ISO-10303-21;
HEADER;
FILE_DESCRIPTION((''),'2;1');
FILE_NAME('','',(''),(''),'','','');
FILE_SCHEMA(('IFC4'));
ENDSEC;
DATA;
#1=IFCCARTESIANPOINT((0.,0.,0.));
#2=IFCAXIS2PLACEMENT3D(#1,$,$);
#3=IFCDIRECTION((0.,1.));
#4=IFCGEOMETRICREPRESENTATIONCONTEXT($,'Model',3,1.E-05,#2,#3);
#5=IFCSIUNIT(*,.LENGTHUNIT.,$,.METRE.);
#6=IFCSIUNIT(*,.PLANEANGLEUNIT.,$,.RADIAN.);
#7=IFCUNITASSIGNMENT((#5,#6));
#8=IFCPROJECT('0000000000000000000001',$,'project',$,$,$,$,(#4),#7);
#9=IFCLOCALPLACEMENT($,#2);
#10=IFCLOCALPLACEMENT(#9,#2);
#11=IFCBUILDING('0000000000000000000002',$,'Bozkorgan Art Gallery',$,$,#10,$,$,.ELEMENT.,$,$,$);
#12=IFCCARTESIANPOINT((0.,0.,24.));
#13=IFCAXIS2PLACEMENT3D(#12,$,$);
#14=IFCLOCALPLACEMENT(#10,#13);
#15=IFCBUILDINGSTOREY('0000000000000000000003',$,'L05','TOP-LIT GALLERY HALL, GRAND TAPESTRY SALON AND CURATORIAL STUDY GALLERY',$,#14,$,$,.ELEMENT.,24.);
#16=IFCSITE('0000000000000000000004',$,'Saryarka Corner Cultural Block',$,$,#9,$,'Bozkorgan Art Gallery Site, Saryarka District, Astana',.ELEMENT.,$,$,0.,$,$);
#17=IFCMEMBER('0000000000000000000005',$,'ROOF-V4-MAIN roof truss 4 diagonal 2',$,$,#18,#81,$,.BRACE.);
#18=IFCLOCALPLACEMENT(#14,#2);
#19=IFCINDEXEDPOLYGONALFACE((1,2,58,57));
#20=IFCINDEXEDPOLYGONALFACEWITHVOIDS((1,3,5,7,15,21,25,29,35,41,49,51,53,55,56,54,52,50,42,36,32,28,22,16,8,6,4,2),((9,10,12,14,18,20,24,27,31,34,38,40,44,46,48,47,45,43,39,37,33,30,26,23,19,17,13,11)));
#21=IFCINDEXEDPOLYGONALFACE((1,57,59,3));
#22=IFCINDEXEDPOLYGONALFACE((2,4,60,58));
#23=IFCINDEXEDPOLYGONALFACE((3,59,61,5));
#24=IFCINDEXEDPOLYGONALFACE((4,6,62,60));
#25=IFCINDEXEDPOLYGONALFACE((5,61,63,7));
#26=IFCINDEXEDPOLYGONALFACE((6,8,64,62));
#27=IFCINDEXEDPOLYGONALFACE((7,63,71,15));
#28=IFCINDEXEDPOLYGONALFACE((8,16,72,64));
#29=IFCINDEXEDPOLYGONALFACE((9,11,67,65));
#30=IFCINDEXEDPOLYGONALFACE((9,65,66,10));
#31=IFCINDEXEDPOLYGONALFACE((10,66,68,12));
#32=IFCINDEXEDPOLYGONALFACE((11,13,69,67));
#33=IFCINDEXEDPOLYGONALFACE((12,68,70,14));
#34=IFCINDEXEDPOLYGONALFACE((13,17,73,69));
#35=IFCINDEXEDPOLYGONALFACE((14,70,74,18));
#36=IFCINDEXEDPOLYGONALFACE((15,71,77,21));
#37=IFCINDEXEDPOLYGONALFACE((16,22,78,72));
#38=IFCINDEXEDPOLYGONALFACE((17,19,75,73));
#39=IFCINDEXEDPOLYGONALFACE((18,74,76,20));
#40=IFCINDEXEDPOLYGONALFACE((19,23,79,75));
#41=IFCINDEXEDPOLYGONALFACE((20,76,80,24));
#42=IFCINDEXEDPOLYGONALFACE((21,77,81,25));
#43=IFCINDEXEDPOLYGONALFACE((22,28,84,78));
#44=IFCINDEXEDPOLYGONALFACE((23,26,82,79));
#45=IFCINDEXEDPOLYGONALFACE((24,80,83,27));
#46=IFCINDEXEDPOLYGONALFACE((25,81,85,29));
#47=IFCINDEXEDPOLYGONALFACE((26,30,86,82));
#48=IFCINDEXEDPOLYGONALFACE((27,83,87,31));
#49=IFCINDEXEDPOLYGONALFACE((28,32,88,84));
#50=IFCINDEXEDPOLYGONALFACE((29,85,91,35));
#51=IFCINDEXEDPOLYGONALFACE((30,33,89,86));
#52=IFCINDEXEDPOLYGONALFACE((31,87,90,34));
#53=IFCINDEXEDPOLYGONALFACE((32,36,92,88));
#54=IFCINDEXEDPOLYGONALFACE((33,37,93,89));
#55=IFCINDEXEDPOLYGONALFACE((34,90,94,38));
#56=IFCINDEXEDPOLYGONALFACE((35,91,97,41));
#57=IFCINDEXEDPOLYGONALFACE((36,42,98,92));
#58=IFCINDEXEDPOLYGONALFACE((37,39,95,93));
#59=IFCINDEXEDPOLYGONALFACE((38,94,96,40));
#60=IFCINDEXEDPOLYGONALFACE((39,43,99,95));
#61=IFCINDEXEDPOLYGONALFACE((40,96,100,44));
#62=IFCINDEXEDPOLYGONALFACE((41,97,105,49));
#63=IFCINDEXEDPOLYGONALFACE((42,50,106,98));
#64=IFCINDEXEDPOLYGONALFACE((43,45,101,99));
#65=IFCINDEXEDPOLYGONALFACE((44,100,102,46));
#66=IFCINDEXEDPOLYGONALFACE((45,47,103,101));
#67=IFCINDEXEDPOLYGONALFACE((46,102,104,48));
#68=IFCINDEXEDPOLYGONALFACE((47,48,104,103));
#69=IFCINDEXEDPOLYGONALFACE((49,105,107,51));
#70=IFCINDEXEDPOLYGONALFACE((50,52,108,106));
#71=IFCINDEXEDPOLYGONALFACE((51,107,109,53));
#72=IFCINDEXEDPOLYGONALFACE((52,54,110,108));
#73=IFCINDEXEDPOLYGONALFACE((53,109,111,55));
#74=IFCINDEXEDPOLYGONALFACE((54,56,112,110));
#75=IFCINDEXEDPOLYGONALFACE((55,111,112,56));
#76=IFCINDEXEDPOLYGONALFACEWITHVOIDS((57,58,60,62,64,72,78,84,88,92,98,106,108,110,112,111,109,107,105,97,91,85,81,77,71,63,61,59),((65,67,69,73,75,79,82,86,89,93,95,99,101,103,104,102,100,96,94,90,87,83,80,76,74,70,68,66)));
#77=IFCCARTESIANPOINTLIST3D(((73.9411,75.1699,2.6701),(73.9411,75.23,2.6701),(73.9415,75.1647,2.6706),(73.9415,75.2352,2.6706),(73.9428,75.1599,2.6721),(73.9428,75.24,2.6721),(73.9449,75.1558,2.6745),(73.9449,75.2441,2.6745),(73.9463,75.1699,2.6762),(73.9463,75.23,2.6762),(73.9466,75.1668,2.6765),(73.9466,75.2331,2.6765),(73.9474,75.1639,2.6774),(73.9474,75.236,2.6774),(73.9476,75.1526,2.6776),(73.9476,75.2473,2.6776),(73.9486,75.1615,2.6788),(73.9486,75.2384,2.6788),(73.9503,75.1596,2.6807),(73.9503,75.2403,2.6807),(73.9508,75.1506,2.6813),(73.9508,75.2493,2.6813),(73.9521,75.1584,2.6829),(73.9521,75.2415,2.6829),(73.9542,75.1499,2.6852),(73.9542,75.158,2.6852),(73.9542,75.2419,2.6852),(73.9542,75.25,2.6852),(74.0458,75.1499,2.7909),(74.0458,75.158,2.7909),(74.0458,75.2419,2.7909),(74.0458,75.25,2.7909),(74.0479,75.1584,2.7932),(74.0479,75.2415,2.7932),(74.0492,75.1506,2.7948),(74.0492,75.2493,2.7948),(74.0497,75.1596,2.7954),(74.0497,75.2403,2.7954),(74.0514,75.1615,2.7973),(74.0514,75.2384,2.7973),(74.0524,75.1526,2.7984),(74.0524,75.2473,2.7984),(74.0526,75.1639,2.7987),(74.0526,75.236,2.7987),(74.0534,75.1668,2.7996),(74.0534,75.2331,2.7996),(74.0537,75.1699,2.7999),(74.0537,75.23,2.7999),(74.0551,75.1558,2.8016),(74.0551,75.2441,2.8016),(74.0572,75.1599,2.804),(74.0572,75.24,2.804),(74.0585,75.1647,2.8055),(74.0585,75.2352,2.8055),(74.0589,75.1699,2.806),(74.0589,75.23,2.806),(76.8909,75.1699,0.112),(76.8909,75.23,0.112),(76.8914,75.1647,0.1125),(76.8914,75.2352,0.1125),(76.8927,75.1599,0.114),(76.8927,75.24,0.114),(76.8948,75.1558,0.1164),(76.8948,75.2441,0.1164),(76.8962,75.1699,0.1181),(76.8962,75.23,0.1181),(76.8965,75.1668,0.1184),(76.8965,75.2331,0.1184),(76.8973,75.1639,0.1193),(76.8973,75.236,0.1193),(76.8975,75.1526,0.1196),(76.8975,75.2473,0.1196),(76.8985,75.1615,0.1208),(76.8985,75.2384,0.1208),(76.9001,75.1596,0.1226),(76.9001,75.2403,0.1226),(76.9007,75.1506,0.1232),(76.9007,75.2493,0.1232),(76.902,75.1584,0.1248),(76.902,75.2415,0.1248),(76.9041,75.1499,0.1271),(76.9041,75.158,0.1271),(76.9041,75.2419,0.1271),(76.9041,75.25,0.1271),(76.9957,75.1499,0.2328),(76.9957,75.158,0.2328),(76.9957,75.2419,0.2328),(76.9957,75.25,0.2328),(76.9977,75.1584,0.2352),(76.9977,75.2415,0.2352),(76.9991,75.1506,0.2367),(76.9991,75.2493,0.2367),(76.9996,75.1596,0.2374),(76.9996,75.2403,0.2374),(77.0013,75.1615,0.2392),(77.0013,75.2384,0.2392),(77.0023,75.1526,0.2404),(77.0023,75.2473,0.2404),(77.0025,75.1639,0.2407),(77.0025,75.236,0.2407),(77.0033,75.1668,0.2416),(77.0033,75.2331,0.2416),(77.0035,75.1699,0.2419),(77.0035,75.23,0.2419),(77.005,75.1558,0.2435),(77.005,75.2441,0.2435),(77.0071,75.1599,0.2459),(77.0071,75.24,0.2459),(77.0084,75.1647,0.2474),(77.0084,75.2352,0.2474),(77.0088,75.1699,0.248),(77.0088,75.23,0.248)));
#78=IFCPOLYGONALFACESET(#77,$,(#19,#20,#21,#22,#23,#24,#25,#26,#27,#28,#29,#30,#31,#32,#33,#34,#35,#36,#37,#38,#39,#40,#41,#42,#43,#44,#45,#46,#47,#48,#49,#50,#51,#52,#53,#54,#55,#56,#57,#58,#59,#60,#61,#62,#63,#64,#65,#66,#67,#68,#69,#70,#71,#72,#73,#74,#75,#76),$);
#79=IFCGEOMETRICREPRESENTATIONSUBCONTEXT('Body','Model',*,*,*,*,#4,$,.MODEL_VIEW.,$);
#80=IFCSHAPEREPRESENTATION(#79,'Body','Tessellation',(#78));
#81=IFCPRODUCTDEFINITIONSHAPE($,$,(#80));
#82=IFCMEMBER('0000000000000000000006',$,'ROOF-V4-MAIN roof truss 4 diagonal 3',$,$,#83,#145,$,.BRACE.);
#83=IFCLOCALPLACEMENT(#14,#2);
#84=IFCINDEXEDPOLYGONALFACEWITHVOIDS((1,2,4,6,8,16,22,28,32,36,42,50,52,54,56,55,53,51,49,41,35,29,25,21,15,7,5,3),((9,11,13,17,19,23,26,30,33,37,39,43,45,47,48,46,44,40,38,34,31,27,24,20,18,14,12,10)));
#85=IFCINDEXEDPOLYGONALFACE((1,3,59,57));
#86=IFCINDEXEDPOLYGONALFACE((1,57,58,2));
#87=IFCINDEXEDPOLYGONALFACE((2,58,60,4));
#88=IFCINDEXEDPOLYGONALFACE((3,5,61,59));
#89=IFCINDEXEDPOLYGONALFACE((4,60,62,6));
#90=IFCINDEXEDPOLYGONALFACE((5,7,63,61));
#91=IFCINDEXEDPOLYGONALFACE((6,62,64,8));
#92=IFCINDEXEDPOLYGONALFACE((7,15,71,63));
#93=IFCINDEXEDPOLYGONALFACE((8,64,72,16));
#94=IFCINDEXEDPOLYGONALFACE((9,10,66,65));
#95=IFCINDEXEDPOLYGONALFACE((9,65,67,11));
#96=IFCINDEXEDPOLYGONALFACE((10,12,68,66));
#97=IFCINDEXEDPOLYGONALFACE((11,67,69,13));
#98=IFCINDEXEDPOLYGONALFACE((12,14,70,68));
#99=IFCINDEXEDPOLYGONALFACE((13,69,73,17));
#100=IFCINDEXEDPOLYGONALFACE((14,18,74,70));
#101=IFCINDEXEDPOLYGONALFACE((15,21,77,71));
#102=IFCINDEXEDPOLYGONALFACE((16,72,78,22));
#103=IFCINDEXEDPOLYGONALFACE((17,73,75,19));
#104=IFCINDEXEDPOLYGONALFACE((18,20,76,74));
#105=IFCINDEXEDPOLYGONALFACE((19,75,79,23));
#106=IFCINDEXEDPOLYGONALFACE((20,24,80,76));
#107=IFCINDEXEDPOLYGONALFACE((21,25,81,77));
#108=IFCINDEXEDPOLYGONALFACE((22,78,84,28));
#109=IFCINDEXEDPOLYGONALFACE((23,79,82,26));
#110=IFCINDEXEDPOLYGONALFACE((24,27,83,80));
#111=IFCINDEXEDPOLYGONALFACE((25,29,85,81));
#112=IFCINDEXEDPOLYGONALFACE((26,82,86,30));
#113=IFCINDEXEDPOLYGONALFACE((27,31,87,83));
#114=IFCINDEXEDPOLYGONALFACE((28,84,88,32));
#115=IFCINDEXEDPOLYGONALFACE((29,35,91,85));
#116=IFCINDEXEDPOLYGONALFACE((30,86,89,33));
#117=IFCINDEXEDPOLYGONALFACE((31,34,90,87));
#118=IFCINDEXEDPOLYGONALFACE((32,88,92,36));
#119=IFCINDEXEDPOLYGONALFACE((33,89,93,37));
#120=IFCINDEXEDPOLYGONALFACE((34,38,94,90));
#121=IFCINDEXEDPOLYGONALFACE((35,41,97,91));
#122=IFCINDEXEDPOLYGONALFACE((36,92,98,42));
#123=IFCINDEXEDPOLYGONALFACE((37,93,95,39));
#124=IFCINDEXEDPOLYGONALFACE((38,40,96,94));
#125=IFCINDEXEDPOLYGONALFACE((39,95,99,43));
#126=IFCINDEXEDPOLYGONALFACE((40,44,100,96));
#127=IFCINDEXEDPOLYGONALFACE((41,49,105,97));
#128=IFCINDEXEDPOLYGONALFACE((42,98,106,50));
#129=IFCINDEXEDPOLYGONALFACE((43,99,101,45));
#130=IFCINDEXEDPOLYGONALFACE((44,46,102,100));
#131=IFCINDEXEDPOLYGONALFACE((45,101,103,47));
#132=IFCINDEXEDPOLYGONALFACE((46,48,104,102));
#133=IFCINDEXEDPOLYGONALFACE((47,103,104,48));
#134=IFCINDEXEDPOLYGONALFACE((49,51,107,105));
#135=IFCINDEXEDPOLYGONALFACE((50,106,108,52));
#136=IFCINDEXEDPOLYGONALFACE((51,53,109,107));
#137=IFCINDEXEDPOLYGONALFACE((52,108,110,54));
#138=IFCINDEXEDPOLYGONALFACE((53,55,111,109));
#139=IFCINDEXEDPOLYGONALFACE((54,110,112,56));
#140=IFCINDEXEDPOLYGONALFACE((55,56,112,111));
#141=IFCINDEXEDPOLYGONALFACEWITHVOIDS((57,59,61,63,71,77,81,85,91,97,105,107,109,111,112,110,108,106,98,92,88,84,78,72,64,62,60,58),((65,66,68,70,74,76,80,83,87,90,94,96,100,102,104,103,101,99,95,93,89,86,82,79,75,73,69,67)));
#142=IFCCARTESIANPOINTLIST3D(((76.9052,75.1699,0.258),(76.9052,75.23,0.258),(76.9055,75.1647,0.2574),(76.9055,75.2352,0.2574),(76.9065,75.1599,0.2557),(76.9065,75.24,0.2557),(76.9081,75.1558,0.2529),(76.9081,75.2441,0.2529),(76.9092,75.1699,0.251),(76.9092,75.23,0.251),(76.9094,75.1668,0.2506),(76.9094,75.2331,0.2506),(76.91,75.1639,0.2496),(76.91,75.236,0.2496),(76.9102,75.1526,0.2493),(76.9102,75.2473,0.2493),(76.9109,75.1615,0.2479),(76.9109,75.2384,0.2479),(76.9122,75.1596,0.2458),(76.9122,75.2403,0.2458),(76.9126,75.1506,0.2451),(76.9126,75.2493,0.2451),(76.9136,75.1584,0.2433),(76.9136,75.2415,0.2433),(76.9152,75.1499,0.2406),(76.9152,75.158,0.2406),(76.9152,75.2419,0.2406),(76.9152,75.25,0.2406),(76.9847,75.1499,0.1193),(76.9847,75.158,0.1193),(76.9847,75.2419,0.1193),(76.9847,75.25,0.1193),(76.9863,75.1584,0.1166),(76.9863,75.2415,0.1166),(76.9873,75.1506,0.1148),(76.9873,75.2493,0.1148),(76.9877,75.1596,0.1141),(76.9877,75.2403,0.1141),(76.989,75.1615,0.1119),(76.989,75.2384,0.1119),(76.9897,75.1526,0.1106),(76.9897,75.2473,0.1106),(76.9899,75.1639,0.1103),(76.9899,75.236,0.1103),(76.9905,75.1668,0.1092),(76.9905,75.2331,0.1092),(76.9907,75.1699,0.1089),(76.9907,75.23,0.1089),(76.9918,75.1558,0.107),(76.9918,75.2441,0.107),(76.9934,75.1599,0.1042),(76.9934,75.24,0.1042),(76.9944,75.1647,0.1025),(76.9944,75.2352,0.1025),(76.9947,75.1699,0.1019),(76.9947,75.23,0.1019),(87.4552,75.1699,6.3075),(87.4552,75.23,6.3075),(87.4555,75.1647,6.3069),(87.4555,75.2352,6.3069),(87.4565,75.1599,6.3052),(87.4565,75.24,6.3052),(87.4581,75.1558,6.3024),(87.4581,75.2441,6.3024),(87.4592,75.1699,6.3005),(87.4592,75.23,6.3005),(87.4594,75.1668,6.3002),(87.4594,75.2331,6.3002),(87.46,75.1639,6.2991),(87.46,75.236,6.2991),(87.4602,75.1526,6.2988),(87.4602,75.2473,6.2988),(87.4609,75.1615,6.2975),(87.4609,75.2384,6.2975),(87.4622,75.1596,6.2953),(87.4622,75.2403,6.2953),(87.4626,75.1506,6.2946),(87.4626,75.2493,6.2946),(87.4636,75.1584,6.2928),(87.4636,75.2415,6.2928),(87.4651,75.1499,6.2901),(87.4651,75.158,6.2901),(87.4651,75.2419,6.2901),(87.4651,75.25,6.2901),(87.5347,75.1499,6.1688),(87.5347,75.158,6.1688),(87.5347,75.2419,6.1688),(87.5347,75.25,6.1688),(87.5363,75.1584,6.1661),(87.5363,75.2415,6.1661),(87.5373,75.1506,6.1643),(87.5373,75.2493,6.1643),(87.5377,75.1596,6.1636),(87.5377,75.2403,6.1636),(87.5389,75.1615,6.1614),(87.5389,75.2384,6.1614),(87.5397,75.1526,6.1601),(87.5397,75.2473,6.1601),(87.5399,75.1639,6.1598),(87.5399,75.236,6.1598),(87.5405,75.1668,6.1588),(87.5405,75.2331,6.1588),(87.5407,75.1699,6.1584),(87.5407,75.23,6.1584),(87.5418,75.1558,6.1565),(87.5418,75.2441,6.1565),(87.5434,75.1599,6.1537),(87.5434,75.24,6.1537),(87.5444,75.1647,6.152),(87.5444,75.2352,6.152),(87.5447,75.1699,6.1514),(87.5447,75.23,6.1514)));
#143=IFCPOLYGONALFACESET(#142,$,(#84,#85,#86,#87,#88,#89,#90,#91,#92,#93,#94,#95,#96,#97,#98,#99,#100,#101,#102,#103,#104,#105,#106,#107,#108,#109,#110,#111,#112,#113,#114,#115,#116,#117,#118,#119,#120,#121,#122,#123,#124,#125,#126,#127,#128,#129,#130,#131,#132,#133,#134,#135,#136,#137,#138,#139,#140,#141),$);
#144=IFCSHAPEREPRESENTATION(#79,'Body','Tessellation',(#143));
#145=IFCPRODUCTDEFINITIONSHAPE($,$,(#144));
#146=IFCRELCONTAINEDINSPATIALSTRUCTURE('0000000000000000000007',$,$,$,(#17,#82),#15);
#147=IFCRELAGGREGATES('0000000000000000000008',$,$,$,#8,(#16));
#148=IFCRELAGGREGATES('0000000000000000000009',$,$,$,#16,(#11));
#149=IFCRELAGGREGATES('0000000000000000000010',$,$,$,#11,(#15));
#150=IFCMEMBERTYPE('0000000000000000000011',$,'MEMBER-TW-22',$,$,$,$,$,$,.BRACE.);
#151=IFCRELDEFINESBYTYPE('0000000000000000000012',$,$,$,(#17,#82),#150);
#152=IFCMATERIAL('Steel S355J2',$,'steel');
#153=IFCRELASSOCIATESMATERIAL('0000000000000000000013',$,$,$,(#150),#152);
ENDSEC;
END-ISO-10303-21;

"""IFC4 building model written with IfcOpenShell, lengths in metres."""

from ifc_helpers import new_model, si_unit, direction, frame, origin, origin_2d, place, context, subcontext, project, spatial, hollow_rectangle, extrude, material, material_profile, profile_set, type_object, element, save


model = new_model("IFC4")

# Units and contexts
model_context = context("Model", 3, precision=1e-05, world=origin(), true_north=direction((0.0, 1.0)))
body_context = subcontext(model_context, "Body", "Model", "MODEL_VIEW")
ifc_project = project(units=[si_unit("LENGTHUNIT", "METRE"), si_unit("PLANEANGLEUNIT", "RADIAN")], contexts=[model_context])

# Site, building, storey
site_placement = place(None, origin())
site = spatial("IfcSite", under=ifc_project, at=site_placement, Name="Saryarka Corner Cultural Block", LongName="Bozkorgan Art Gallery Site, Saryarka District, Astana", CompositionType="ELEMENT", RefElevation=0.0)
building_placement = place(site_placement, origin())
building = spatial("IfcBuilding", under=site, at=building_placement, Name="Bozkorgan Art Gallery", CompositionType="ELEMENT")
storey_placement = place(building_placement, frame((0.0, 0.0, 24.0)))
storey = spatial("IfcBuildingStorey", under=building, at=storey_placement, Name="L05", Description="TOP-LIT GALLERY HALL, GRAND TAPESTRY SALON AND CURATORIAL STUDY GALLERY", CompositionType="ELEMENT", Elevation=24.0)

# Shared definitions
ifc_material = material(Name="Steel S355J2", Category="steel")

# Members
ifc_material_profile_1 = material_profile(ifc_material, hollow_rectangle(XDim=0.1001, YDim=0.1799, WallThickness=0.0081, InnerFilletRadius=0.012, OuterFilletRadius=0.02, at=origin_2d()), Name="RHS 180x100x8")
ifc_profile_set_1 = profile_set([ifc_material_profile_1], Name="Steel S355J2")
member_type_1 = type_object("IfcMemberType", Name="MEMBER-TW-22", PredefinedType="BRACE", material=ifc_profile_set_1)
member_1_placement = place(storey_placement, frame((74.0, 75.2, 2.738), z_axis=(0.755501, 0.0, -0.655147), x_axis=(0.0, 1.0, 0.0)))
element("IfcMember", 1, at=member_1_placement, inside=storey, type_object=member_type_1, Name="ROOF-V4-MAIN roof truss 4 diagonal 2", PredefinedType="BRACE", context=body_context, shape_type="SweptSolid", body=[
    extrude(hollow_rectangle(XDim=0.1001, YDim=0.1799, WallThickness=0.0081, InnerFilletRadius=0.012, OuterFilletRadius=0.02, at=origin_2d()), origin(), (0.0, 0.0, 1.0), 3.9045),
])
member_2_placement = place(storey_placement, frame((76.95, 75.2, 0.1799), z_axis=(0.8675, 0.0, 0.497438), x_axis=(0.0, 1.0, 0.0)))
element("IfcMember", 2, at=member_2_placement, inside=storey, type_object=member_type_1, Name="ROOF-V4-MAIN roof truss 4 diagonal 3", PredefinedType="BRACE", context=body_context, shape_type="SweptSolid", body=[
    extrude(hollow_rectangle(XDim=0.1001, YDim=0.1799, WallThickness=0.0081, InnerFilletRadius=0.012, OuterFilletRadius=0.02, at=origin_2d()), origin(), (0.0, 0.0, 1.0), 12.1614),
])

save(model, "model.ifc")
